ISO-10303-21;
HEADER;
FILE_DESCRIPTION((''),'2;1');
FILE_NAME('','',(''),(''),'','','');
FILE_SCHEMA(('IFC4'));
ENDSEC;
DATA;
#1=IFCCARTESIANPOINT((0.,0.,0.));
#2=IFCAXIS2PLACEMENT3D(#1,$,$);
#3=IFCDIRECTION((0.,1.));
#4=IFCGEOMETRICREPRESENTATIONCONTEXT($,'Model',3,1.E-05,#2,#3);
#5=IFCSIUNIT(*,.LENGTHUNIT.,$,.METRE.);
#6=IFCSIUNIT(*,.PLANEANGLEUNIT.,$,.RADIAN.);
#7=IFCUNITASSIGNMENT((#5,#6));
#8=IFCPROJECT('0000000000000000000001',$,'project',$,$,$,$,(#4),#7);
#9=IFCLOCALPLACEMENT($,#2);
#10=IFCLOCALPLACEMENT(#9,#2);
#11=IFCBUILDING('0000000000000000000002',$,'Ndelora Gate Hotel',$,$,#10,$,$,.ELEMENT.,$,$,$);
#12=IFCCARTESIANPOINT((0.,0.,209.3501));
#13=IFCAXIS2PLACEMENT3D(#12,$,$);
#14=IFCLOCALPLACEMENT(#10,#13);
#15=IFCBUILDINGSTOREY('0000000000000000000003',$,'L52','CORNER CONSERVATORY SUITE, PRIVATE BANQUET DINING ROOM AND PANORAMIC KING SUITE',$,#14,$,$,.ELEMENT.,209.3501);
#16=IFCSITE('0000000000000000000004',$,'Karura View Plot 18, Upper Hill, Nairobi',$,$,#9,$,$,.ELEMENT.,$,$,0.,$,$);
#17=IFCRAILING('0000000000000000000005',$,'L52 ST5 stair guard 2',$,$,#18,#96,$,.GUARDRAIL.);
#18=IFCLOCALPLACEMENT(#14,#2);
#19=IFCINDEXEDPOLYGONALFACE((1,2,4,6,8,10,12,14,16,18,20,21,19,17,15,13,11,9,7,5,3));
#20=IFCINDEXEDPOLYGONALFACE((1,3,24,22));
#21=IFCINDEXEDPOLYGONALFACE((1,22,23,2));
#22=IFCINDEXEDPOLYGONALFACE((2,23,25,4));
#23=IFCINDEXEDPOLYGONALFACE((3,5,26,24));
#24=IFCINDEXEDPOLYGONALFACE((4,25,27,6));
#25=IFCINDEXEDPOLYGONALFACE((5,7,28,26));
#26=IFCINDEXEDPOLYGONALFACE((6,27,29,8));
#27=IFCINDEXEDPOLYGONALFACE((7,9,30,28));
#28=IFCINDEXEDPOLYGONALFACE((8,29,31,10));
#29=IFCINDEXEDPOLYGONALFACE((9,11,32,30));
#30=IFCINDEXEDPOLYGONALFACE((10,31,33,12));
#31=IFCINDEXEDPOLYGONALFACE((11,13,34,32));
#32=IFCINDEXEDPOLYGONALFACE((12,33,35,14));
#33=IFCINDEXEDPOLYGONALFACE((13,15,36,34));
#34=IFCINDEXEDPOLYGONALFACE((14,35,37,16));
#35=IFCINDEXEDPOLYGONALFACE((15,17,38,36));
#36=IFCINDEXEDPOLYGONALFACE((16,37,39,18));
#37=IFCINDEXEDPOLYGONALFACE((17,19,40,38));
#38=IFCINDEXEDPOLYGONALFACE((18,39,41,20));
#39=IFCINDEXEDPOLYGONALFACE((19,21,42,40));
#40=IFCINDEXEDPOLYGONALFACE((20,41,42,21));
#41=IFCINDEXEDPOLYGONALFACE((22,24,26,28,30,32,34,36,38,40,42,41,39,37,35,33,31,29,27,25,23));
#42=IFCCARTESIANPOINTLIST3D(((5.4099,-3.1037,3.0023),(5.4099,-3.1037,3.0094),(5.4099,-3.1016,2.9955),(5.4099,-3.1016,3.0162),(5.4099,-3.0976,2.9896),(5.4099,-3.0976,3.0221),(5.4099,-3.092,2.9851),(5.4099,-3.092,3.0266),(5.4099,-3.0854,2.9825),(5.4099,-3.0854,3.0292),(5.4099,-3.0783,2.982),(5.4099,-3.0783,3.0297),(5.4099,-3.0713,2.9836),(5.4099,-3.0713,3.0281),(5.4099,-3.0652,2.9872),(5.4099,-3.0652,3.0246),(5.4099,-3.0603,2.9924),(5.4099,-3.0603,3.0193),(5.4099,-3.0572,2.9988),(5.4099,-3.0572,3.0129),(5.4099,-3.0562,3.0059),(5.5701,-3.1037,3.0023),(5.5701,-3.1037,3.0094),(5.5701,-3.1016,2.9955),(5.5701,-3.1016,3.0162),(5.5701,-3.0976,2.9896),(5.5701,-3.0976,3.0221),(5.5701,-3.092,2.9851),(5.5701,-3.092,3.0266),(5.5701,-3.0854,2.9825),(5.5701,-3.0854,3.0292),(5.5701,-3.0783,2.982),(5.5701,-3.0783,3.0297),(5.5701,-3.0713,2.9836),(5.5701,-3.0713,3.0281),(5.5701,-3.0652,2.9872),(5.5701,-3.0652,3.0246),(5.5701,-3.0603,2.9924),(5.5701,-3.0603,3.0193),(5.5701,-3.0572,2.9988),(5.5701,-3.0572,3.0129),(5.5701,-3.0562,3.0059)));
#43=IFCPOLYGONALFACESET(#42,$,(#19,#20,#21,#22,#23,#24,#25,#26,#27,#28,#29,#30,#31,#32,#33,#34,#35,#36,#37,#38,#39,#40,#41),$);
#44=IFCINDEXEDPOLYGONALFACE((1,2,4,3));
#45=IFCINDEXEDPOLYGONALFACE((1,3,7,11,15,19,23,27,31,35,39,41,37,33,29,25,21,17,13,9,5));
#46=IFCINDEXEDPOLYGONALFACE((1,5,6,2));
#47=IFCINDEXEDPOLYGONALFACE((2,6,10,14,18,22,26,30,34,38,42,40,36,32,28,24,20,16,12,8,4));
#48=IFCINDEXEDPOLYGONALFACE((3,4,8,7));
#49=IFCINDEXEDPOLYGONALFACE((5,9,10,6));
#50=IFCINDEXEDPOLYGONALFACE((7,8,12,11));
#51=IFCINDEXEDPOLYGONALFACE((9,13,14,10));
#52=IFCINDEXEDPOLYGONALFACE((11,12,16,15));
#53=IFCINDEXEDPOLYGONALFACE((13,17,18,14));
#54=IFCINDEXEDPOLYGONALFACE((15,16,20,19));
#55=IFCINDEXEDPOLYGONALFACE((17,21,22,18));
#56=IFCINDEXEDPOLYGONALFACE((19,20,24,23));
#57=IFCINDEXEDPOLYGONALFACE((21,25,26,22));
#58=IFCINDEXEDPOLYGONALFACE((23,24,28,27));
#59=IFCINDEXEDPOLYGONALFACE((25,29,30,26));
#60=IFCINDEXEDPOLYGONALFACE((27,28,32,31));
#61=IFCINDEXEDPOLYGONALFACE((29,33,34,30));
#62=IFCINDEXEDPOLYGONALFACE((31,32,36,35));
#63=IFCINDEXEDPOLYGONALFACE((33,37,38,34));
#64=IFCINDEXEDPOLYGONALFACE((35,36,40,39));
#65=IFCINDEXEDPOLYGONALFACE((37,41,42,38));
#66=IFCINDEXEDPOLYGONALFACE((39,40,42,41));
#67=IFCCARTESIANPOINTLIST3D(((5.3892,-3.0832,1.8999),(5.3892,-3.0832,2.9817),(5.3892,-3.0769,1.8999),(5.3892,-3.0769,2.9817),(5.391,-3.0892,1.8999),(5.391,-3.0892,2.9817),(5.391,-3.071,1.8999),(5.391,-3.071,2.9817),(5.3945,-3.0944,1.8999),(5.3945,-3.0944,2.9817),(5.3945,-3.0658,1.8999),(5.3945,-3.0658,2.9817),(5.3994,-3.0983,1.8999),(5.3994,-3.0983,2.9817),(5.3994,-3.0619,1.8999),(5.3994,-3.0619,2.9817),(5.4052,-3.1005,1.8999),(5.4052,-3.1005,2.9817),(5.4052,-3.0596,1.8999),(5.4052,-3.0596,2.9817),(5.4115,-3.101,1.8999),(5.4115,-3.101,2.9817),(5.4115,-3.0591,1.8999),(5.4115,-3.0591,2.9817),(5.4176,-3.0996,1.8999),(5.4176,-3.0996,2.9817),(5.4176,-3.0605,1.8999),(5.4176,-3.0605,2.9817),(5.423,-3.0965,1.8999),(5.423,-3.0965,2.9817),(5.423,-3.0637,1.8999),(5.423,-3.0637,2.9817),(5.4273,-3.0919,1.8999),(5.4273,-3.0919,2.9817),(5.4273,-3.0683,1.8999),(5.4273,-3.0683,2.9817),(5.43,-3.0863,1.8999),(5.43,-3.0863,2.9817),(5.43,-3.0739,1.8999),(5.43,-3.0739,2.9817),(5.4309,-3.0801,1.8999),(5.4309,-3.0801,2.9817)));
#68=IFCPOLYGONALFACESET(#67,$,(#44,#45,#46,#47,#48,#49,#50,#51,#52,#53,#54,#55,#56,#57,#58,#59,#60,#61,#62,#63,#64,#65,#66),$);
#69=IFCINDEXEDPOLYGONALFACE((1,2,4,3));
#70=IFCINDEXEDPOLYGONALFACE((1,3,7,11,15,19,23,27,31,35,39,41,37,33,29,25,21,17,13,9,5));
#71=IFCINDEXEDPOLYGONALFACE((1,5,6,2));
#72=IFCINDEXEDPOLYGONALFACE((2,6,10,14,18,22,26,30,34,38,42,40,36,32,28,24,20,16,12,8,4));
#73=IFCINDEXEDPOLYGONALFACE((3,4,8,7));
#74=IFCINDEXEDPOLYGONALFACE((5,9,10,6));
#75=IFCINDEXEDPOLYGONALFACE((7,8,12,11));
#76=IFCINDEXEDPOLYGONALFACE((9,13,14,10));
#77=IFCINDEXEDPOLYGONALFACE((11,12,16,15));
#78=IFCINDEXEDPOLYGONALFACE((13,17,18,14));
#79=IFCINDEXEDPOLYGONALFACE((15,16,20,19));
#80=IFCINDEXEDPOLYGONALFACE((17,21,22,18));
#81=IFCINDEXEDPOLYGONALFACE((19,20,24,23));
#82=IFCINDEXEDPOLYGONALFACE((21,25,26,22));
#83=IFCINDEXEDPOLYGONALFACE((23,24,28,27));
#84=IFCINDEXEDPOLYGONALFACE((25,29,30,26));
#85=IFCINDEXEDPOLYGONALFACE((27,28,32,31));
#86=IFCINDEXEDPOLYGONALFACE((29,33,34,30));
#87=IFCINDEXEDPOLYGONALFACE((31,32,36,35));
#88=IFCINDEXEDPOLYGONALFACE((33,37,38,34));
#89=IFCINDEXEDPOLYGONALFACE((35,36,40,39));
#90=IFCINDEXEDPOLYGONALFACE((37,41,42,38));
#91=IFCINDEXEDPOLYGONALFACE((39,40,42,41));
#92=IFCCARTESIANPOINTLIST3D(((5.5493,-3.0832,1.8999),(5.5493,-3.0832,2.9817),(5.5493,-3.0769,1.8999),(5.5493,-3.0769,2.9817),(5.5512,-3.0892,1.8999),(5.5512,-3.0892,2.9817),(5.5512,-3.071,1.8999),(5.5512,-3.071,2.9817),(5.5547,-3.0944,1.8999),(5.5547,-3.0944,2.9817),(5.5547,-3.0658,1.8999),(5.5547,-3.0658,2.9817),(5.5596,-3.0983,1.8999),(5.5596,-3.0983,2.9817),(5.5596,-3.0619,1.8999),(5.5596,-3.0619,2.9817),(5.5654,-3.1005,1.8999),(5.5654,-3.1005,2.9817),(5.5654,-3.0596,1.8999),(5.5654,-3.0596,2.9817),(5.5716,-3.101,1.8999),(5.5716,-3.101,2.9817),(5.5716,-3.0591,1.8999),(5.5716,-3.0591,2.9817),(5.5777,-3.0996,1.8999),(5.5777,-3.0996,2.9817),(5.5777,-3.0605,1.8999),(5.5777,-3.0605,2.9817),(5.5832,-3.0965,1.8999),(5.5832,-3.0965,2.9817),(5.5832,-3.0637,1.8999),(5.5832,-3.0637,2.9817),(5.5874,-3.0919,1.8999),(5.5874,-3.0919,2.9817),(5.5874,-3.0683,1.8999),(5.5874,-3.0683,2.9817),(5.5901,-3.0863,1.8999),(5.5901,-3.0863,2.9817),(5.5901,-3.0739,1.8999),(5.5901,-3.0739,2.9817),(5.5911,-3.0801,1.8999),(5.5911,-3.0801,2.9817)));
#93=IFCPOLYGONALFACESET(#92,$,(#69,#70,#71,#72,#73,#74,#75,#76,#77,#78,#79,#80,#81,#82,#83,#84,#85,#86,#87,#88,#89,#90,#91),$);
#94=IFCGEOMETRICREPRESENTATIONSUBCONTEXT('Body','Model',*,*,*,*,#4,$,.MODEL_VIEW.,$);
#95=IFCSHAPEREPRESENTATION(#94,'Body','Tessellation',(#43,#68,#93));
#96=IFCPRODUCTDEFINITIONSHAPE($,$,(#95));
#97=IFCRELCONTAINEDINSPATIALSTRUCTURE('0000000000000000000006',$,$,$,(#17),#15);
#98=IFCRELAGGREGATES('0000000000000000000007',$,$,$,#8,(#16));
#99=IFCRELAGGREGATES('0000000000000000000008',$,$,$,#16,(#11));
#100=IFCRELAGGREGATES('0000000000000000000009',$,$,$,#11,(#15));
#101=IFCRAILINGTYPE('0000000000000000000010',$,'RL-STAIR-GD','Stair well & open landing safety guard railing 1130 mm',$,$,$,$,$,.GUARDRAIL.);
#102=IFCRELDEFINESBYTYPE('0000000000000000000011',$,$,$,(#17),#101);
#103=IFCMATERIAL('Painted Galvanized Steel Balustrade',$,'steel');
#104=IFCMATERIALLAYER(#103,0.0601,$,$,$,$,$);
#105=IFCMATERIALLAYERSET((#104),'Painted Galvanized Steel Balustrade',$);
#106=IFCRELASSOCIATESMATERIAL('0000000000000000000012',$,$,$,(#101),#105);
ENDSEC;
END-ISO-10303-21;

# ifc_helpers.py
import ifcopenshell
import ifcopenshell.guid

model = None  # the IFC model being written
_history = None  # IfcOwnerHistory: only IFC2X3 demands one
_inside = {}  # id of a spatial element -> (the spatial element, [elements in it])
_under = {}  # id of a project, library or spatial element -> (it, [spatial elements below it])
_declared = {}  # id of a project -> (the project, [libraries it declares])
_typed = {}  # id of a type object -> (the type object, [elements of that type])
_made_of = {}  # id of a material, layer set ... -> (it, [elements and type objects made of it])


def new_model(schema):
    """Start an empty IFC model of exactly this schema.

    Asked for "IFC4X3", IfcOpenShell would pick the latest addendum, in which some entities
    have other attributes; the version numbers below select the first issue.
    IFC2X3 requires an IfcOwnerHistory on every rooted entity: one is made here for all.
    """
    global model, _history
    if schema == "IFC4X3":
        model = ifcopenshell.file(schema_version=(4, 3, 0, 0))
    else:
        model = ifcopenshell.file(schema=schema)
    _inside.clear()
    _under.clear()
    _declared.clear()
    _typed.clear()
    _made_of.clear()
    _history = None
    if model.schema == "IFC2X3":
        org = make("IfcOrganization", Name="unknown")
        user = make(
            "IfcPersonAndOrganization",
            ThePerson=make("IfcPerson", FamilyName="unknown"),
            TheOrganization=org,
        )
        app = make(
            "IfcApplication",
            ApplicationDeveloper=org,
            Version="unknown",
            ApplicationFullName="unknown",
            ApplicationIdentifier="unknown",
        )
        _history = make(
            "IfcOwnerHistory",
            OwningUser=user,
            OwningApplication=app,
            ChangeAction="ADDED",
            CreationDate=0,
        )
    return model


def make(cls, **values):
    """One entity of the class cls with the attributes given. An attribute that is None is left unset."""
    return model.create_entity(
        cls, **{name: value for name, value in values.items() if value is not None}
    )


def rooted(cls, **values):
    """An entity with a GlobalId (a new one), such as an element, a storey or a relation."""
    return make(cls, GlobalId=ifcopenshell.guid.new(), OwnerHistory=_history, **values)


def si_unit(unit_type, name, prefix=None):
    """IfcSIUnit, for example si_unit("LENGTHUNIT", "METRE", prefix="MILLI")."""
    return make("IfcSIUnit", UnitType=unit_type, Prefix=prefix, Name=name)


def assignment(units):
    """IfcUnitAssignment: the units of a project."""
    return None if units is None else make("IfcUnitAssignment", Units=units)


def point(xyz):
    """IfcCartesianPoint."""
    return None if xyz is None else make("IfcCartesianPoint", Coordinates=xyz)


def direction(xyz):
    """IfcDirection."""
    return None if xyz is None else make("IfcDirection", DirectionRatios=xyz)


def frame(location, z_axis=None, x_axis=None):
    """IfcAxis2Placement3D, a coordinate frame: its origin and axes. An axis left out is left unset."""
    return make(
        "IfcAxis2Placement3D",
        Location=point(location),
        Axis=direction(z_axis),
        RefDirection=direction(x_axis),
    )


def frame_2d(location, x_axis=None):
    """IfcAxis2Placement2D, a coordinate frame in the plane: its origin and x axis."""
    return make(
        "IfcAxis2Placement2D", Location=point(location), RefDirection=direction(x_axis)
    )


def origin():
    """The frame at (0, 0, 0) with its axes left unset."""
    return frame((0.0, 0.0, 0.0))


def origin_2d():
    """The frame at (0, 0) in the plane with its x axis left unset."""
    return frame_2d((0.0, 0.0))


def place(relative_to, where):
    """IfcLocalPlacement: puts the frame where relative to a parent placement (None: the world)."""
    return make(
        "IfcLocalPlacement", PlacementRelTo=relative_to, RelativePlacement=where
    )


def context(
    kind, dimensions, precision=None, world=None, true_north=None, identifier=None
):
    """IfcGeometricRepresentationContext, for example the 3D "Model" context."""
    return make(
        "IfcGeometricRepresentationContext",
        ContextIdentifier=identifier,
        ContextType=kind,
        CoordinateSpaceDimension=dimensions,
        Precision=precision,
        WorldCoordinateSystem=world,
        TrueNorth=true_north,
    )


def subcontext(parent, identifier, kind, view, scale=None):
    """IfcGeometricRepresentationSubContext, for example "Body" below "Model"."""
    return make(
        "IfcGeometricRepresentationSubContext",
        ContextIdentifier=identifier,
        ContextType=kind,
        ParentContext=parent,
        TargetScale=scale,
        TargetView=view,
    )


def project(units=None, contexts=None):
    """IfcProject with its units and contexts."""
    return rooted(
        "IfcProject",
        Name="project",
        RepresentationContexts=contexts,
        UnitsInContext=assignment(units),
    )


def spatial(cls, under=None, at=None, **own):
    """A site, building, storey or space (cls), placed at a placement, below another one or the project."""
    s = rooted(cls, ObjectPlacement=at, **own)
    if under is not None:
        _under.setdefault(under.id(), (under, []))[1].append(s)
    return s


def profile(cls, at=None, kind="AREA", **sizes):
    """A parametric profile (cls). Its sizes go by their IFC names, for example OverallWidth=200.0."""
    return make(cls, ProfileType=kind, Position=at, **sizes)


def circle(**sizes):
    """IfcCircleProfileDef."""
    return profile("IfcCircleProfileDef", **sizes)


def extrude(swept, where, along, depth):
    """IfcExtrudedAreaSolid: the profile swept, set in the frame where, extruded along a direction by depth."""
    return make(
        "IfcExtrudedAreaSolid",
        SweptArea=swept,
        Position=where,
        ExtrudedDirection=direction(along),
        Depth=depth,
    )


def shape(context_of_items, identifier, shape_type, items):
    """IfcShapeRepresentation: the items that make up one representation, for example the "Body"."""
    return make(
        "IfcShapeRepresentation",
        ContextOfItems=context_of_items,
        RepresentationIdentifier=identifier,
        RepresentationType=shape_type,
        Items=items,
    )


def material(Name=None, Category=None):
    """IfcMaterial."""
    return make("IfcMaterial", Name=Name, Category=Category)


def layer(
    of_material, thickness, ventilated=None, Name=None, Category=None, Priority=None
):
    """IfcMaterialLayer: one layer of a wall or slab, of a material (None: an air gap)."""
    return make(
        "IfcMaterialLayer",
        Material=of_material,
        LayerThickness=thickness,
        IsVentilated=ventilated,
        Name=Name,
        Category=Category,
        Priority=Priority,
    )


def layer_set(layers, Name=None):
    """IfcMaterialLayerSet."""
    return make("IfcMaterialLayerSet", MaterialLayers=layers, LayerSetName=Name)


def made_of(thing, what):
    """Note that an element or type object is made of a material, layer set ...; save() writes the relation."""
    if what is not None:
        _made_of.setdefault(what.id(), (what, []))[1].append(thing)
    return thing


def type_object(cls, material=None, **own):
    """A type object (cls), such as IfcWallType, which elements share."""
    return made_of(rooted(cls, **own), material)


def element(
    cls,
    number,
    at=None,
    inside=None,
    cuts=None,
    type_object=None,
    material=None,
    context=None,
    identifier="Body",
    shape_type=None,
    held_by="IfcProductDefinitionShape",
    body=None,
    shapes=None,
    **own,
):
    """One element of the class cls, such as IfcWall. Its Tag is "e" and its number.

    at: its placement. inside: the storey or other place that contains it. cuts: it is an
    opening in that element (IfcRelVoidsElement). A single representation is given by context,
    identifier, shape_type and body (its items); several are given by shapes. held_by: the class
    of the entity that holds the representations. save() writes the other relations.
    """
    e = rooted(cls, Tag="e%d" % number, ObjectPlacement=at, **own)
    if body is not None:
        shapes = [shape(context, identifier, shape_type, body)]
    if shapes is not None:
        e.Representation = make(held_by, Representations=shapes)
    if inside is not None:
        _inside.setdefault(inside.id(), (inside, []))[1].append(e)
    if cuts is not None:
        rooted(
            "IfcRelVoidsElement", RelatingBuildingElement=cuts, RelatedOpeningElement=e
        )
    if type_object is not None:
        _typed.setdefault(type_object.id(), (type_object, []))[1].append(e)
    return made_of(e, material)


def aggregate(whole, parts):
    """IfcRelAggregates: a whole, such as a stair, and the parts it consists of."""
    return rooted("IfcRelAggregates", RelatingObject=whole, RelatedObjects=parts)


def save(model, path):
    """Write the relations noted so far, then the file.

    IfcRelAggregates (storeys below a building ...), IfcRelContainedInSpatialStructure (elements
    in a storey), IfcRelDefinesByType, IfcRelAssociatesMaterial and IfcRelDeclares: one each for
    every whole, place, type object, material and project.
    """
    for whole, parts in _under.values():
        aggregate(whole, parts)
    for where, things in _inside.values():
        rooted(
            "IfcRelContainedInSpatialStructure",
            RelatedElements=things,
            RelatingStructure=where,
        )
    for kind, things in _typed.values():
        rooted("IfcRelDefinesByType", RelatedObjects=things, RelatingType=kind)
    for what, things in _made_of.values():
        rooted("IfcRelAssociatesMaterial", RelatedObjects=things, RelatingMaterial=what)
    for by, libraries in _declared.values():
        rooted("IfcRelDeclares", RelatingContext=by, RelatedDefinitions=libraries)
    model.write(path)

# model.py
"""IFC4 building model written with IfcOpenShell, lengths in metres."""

from ifc_helpers import new_model, si_unit, direction, frame, origin, origin_2d, place, context, subcontext, project, spatial, circle, extrude, material, layer, layer_set, type_object, element, save


model = new_model("IFC4")

# Units and contexts
model_context = context("Model", 3, precision=1e-05, world=origin(), true_north=direction((0.0, 1.0)))
body_context = subcontext(model_context, "Body", "Model", "MODEL_VIEW")
ifc_project = project(units=[si_unit("LENGTHUNIT", "METRE"), si_unit("PLANEANGLEUNIT", "RADIAN")], contexts=[model_context])

# Site, building, storey
site_placement = place(None, origin())
site = spatial("IfcSite", under=ifc_project, at=site_placement, Name="Karura View Plot 18, Upper Hill, Nairobi", CompositionType="ELEMENT", RefElevation=0.0)
building_placement = place(site_placement, origin())
building = spatial("IfcBuilding", under=site, at=building_placement, Name="Ndelora Gate Hotel", CompositionType="ELEMENT")
storey_placement = place(building_placement, frame((0.0, 0.0, 209.3501)))
storey = spatial("IfcBuildingStorey", under=building, at=storey_placement, Name="L52", Description="CORNER CONSERVATORY SUITE, PRIVATE BANQUET DINING ROOM AND PANORAMIC KING SUITE", CompositionType="ELEMENT", Elevation=209.3501)

# Railing
ifc_material_1 = material(Name="Painted Galvanized Steel Balustrade", Category="steel")
ifc_layer_1 = layer(ifc_material_1, 0.0601)
ifc_layer_set_1 = layer_set([ifc_layer_1], Name="Painted Galvanized Steel Balustrade")
railing_type = type_object("IfcRailingType", Name="RL-STAIR-GD", Description="Stair well & open landing safety guard railing 1130 mm", PredefinedType="GUARDRAIL", material=ifc_layer_set_1)
railing_1_placement = place(storey_placement, frame((5.4099, -3.0801, 1.8999)))
element("IfcRailing", 1, at=railing_1_placement, inside=storey, type_object=railing_type, Name="L52 ST5 stair guard 2", PredefinedType="GUARDRAIL", context=body_context, shape_type="SweptSolid", body=[
    extrude(circle(Radius=0.0239, at=origin_2d()), frame((0.0, 0.0, 1.106), z_axis=(1.0, 0.0, 0.0), x_axis=(0.0, 1.0, 0.0)), (0.0, 0.0, 1.0), 0.1602),
    extrude(circle(Radius=0.021, at=origin_2d()), origin(), (0.0, 0.0, 1.0), 1.0818),
    extrude(circle(Radius=0.021, at=origin_2d()), frame((0.1602, 0.0, 0.0)), (0.0, 0.0, 1.0), 1.0818),
])

save(model, "model.ifc")
